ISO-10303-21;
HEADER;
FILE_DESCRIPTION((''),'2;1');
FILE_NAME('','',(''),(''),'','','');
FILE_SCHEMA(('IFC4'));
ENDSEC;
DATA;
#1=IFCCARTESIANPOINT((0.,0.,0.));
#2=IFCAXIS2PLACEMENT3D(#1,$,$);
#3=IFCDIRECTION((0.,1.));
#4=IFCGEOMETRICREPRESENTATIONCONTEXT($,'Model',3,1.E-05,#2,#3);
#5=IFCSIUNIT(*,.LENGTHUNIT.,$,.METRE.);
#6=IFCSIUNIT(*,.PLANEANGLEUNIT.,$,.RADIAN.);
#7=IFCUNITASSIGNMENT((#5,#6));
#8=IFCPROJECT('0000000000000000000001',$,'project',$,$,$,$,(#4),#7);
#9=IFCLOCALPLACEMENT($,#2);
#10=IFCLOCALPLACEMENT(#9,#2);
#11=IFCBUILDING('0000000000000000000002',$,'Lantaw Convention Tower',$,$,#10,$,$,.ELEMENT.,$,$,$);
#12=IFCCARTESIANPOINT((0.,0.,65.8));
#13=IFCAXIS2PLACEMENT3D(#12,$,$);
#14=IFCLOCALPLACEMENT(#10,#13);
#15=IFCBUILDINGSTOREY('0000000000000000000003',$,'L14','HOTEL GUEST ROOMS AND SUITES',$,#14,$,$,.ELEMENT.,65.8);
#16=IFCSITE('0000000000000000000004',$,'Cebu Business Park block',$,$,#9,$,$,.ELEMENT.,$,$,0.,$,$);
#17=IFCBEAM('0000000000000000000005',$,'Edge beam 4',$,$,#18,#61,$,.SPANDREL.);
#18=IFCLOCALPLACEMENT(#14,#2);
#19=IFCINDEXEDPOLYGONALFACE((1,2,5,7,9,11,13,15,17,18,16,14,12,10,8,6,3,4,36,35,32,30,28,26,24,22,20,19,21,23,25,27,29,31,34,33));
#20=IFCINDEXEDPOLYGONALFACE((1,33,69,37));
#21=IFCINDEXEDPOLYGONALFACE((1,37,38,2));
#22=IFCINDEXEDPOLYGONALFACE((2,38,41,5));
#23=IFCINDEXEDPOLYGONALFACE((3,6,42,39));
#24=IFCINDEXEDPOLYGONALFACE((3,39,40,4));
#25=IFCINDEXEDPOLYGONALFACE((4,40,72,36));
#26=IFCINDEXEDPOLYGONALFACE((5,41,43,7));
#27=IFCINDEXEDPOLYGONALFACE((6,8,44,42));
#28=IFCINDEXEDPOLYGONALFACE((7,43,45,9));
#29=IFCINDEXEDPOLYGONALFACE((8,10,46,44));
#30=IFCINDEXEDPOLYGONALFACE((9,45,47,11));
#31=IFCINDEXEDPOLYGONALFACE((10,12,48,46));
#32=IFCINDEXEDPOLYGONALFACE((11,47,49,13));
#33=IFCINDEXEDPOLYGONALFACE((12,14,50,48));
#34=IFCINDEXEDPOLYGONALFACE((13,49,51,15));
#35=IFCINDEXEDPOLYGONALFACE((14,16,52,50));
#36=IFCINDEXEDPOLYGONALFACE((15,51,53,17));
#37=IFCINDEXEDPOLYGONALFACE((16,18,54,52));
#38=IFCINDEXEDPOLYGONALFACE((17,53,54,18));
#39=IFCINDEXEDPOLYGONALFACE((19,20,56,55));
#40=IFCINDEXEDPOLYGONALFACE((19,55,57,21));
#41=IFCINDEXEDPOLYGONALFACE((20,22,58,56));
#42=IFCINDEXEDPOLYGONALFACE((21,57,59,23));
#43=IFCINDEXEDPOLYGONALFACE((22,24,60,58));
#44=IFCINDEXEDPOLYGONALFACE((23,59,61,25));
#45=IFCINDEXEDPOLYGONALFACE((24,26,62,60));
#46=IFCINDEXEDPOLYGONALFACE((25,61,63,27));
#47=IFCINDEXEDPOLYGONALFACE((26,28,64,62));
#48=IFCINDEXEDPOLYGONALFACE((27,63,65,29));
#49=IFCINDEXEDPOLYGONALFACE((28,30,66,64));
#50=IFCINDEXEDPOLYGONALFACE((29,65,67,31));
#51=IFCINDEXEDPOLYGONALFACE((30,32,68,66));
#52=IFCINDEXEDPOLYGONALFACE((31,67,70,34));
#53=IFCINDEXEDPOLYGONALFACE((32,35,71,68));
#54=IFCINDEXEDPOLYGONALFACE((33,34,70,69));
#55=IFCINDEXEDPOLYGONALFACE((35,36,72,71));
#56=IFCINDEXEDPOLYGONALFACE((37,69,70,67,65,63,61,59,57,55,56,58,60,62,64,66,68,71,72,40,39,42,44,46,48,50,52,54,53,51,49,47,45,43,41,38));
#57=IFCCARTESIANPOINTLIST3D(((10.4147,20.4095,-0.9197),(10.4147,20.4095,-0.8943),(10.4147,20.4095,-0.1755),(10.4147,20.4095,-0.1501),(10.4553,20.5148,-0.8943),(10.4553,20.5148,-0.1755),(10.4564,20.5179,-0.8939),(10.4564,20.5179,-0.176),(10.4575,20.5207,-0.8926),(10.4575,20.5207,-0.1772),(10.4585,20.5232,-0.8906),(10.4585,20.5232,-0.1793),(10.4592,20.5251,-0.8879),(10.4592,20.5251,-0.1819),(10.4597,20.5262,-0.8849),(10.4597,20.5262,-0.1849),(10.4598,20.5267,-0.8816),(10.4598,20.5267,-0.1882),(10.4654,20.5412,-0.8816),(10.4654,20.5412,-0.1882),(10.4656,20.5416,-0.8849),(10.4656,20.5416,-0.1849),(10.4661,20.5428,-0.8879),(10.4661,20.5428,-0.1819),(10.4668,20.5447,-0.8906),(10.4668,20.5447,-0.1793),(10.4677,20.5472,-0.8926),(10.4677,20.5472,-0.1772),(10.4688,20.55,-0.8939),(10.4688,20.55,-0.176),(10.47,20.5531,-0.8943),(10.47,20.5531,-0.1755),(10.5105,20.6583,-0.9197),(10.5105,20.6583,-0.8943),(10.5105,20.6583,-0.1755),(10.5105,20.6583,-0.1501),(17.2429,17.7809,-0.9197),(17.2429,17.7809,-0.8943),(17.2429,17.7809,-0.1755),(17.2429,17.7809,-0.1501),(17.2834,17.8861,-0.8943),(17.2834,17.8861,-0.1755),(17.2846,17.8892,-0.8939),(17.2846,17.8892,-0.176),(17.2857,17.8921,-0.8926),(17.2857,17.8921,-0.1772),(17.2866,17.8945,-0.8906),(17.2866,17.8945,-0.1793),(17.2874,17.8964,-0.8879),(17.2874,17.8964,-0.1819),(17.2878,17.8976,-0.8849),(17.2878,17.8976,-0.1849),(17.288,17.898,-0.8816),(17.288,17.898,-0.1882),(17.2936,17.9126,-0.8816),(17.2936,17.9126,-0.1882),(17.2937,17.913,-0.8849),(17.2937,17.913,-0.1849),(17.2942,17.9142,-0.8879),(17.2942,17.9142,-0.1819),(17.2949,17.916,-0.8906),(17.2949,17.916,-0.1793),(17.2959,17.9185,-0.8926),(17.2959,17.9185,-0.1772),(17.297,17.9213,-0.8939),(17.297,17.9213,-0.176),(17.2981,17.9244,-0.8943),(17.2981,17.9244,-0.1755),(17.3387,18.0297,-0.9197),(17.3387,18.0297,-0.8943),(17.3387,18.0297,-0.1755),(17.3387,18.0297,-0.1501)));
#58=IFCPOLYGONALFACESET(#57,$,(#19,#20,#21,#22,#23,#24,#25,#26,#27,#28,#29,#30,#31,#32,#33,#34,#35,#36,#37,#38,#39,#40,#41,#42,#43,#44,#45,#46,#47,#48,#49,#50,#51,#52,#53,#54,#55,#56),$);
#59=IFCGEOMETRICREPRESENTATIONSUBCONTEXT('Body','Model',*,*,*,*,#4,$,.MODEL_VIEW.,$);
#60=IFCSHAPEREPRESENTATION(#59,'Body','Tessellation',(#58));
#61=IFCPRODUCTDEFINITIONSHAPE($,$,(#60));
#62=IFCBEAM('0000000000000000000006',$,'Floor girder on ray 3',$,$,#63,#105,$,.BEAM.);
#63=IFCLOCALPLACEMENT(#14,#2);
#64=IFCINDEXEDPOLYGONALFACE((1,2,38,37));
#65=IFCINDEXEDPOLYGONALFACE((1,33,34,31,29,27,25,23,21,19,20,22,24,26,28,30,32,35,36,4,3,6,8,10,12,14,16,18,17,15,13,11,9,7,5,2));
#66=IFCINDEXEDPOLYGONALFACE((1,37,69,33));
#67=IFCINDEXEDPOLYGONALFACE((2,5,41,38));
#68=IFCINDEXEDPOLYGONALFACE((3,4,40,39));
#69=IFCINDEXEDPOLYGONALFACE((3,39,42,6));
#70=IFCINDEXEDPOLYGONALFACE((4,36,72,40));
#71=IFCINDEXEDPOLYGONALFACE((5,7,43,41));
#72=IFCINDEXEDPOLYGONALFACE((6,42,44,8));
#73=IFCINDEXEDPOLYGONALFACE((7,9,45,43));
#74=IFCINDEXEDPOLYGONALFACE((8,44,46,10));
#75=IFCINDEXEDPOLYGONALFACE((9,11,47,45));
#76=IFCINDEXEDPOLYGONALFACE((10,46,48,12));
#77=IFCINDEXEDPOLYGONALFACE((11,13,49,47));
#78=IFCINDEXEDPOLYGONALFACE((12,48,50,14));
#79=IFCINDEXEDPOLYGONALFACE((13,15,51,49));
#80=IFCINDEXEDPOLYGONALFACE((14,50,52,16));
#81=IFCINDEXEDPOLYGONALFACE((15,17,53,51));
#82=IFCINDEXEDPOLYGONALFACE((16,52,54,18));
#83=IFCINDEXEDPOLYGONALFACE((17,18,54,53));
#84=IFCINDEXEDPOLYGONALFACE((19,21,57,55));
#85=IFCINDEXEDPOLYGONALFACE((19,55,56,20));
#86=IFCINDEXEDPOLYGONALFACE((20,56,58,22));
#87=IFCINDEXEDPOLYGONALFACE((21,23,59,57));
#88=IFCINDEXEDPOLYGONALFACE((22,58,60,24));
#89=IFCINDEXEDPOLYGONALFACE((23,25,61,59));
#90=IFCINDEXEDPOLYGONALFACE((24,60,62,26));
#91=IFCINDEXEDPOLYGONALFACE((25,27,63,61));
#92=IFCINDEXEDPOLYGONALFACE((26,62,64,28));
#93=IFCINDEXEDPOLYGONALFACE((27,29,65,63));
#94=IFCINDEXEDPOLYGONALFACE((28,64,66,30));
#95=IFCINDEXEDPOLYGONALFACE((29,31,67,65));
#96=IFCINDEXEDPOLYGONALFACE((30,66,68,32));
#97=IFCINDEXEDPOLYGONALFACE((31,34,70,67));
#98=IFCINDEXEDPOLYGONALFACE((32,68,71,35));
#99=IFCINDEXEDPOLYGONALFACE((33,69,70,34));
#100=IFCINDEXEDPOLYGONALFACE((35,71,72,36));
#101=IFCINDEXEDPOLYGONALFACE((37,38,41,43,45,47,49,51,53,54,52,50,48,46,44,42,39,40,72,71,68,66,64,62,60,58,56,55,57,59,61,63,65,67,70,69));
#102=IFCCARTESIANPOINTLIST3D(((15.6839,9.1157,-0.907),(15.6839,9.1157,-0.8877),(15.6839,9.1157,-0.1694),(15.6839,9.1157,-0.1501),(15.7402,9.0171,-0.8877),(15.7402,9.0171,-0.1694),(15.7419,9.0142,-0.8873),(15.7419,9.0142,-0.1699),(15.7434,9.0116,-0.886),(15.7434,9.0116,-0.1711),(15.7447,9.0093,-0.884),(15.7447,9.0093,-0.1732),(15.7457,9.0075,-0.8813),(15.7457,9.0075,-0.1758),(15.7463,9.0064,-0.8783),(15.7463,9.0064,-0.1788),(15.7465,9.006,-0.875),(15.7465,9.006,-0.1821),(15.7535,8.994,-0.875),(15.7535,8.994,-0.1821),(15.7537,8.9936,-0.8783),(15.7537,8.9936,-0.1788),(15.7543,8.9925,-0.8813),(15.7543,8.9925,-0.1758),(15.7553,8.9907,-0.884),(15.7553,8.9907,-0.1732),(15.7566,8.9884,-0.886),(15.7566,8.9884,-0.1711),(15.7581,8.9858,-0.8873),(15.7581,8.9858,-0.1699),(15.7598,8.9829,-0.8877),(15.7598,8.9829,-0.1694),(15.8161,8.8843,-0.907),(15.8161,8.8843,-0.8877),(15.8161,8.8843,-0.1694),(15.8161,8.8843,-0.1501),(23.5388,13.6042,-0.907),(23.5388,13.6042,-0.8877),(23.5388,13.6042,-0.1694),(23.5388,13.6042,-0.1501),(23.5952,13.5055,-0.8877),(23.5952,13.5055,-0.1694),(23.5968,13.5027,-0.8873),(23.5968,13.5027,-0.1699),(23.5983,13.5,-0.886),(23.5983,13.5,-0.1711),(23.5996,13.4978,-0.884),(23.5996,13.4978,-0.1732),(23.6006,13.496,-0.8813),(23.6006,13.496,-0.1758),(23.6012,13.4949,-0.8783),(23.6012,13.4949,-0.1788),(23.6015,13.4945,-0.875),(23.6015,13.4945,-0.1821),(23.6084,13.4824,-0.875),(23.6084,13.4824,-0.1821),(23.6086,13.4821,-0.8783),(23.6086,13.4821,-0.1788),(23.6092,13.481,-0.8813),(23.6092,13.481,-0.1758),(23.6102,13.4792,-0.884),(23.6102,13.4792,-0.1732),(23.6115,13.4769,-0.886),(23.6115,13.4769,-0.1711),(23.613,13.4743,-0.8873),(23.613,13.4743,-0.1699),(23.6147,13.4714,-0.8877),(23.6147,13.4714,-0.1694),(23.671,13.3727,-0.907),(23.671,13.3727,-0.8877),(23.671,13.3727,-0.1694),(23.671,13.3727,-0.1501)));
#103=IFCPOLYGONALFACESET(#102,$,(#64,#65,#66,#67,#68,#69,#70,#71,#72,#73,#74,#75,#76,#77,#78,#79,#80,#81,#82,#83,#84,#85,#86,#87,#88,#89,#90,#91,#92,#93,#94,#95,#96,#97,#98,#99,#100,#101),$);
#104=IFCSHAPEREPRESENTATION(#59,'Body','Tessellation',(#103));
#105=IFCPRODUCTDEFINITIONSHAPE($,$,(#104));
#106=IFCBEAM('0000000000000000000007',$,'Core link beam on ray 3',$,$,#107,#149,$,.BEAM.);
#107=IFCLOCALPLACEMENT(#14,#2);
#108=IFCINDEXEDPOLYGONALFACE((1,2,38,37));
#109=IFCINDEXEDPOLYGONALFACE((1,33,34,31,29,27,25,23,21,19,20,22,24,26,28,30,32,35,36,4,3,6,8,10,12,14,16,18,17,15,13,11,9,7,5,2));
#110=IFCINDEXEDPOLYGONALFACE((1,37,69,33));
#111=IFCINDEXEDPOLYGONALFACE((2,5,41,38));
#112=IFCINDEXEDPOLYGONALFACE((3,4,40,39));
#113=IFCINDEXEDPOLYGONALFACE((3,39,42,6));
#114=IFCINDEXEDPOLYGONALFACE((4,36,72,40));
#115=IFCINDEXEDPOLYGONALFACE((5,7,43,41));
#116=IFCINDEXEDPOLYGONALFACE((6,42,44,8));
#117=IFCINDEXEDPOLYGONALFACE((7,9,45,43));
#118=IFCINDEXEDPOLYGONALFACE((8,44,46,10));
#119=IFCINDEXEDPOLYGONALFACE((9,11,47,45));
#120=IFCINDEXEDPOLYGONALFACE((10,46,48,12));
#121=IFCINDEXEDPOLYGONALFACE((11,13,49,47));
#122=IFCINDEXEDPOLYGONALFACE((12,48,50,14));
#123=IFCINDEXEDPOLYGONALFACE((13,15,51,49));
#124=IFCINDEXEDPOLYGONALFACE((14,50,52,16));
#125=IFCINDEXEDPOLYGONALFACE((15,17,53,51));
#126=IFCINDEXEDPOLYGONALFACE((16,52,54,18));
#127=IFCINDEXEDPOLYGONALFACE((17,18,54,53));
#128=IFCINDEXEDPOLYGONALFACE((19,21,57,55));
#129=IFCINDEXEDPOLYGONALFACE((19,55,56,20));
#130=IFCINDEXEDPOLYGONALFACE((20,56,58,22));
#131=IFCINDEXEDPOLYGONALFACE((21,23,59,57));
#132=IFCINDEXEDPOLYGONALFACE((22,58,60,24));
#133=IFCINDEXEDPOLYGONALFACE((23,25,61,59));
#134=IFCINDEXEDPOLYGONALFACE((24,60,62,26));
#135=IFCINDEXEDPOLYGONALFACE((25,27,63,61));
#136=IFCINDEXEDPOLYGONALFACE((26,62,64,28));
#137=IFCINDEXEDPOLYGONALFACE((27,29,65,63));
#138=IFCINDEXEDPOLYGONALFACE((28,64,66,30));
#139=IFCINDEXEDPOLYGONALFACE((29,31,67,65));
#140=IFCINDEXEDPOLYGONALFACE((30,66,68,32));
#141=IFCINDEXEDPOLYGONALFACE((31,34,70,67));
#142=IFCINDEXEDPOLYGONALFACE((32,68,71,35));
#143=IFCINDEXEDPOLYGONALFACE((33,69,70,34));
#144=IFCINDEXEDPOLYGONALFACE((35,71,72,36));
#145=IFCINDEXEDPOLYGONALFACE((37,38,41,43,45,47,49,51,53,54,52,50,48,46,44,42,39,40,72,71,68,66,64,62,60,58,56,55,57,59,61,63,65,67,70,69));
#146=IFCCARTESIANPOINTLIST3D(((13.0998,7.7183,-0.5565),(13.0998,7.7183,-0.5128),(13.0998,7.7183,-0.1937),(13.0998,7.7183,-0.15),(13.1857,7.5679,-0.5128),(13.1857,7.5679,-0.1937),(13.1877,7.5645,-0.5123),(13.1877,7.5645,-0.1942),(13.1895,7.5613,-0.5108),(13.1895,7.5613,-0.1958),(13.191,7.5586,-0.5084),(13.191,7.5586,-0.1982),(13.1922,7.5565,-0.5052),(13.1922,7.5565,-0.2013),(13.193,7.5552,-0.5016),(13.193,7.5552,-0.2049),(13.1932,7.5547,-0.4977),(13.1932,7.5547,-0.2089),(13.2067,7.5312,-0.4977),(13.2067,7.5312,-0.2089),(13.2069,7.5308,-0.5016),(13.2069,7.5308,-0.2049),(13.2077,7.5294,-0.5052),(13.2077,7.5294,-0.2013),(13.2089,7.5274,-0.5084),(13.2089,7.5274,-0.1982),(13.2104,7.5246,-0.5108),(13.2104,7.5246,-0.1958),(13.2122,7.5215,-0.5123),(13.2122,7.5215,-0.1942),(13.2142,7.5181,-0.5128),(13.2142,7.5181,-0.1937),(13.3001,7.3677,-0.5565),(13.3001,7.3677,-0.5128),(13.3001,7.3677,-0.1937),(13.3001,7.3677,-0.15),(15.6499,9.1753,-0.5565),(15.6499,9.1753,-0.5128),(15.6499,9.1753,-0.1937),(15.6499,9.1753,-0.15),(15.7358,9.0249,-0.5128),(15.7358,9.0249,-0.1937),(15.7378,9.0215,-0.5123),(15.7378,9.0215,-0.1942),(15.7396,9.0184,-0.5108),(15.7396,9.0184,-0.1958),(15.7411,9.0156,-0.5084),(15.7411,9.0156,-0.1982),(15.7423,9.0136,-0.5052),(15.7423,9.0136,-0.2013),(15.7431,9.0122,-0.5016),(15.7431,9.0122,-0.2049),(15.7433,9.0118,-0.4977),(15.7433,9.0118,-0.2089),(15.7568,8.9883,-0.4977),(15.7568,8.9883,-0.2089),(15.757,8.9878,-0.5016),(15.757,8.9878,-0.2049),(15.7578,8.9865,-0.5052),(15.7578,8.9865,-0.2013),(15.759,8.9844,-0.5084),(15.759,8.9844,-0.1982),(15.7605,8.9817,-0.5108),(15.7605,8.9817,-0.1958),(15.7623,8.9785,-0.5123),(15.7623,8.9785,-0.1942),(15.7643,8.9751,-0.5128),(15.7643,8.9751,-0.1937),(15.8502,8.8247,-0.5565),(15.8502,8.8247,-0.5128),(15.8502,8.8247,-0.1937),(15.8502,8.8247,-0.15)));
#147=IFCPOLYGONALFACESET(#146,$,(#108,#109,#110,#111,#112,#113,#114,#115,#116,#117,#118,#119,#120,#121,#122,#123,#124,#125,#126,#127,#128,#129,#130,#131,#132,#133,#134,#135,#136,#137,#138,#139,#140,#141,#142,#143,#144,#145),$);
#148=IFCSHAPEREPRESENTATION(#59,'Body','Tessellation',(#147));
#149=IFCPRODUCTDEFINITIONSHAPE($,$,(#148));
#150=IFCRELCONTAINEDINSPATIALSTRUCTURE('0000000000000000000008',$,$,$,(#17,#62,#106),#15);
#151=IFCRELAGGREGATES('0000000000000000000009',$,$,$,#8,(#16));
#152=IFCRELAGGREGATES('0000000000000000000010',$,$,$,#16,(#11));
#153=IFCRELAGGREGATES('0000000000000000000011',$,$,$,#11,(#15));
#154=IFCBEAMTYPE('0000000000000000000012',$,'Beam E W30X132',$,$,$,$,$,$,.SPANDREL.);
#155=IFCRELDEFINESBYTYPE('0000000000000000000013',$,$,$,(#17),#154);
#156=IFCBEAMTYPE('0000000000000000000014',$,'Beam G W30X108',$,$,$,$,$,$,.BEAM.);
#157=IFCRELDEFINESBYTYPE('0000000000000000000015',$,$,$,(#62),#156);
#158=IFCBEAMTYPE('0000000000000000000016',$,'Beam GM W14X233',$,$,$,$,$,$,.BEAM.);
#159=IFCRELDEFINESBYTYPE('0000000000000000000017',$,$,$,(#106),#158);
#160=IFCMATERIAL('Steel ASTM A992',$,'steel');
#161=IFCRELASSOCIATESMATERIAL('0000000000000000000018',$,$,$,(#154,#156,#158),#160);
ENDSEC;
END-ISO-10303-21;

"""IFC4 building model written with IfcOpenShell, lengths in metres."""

from ifc_helpers import new_model, si_unit, direction, frame, origin, origin_2d, place, context, subcontext, project, spatial, i_section, extrude, material, material_profile, profile_set, type_object, element, save


model = new_model("IFC4")

# Units and contexts
model_context = context("Model", 3, precision=1e-05, world=origin(), true_north=direction((0.0, 1.0)))
body_context = subcontext(model_context, "Body", "Model", "MODEL_VIEW")
ifc_project = project(units=[si_unit("LENGTHUNIT", "METRE"), si_unit("PLANEANGLEUNIT", "RADIAN")], contexts=[model_context])

# Site, building, storey
site_placement = place(None, origin())
site = spatial("IfcSite", under=ifc_project, at=site_placement, Name="Cebu Business Park block", CompositionType="ELEMENT", RefElevation=0.0)
building_placement = place(site_placement, origin())
building = spatial("IfcBuilding", under=site, at=building_placement, Name="Lantaw Convention Tower", CompositionType="ELEMENT")
storey_placement = place(building_placement, frame((0.0, 0.0, 65.8)))
storey = spatial("IfcBuildingStorey", under=building, at=storey_placement, Name="L14", Description="HOTEL GUEST ROOMS AND SUITES", CompositionType="ELEMENT", Elevation=65.8)

# Beams
ifc_material_1 = material(Name="Steel ASTM A992", Category="steel")
ifc_material_profile_1 = material_profile(ifc_material_1, i_section(OverallWidth=0.2666, OverallDepth=0.7695, WebThickness=0.0156, FlangeThickness=0.0254, FilletRadius=0.0127, at=origin_2d()), Name="W30X132")
ifc_profile_set_1 = profile_set([ifc_material_profile_1], Name="Steel ASTM A992")
beam_type_1 = type_object("IfcBeamType", Name="Beam E W30X132", PredefinedType="SPANDREL", material=ifc_profile_set_1)
beam_1_placement = place(storey_placement, frame((17.2908, 17.9053, -0.5349), z_axis=(-0.933233, 0.359272, 0.0), x_axis=(-0.359272, -0.933233, 0.0)))
element("IfcBeam", 1, at=beam_1_placement, inside=storey, type_object=beam_type_1, Name="Edge beam 4", PredefinedType="SPANDREL", context=body_context, shape_type="SweptSolid", body=[
    extrude(i_section(OverallWidth=0.2666, OverallDepth=0.7695, WebThickness=0.0156, FlangeThickness=0.0254, FilletRadius=0.0127, at=origin_2d()), origin(), (0.0, 0.0, 1.0), 7.3167),
])
ifc_material_profile_2 = material_profile(ifc_material_1, i_section(OverallWidth=0.2666, OverallDepth=0.7568, WebThickness=0.0139, FlangeThickness=0.0193, FilletRadius=0.0127, at=origin_2d()), Name="W30X108")
ifc_profile_set_2 = profile_set([ifc_material_profile_2], Name="Steel ASTM A992")
beam_type_2 = type_object("IfcBeamType", Name="Beam G W30X108", PredefinedType="BEAM", material=ifc_profile_set_2)
beam_2_placement = place(storey_placement, frame((15.75, 9.0, -0.5286), z_axis=(0.868245, 0.496136, 0.0), x_axis=(-0.496136, 0.868245, 0.0)))
element("IfcBeam", 2, at=beam_2_placement, inside=storey, type_object=beam_type_2, Name="Floor girder on ray 3", PredefinedType="BEAM", context=body_context, shape_type="SweptSolid", body=[
    extrude(i_section(OverallWidth=0.2666, OverallDepth=0.7568, WebThickness=0.0139, FlangeThickness=0.0193, FilletRadius=0.0127, at=origin_2d()), origin(), (0.0, 0.0, 1.0), 9.0469),
])
ifc_material_profile_3 = material_profile(ifc_material_1, i_section(OverallWidth=0.4038, OverallDepth=0.4065, WebThickness=0.0271, FlangeThickness=0.0437, FilletRadius=0.0151, at=origin_2d()), Name="W14X233")
ifc_profile_set_3 = profile_set([ifc_material_profile_3], Name="Steel ASTM A992")
beam_type_3 = type_object("IfcBeamType", Name="Beam GM W14X233", PredefinedType="BEAM", material=ifc_profile_set_3)
beam_3_placement = place(storey_placement, frame((13.2, 7.543, -0.3533), z_axis=(0.868264, 0.496103, 0.0), x_axis=(-0.496103, 0.868264, 0.0)))
element("IfcBeam", 3, at=beam_3_placement, inside=storey, type_object=beam_type_3, Name="Core link beam on ray 3", PredefinedType="BEAM", context=body_context, shape_type="SweptSolid", body=[
    extrude(i_section(OverallWidth=0.4038, OverallDepth=0.4065, WebThickness=0.0271, FlangeThickness=0.0437, FilletRadius=0.0151, at=origin_2d()), origin(), (0.0, 0.0, 1.0), 2.937),
])

save(model, "model.ifc")
